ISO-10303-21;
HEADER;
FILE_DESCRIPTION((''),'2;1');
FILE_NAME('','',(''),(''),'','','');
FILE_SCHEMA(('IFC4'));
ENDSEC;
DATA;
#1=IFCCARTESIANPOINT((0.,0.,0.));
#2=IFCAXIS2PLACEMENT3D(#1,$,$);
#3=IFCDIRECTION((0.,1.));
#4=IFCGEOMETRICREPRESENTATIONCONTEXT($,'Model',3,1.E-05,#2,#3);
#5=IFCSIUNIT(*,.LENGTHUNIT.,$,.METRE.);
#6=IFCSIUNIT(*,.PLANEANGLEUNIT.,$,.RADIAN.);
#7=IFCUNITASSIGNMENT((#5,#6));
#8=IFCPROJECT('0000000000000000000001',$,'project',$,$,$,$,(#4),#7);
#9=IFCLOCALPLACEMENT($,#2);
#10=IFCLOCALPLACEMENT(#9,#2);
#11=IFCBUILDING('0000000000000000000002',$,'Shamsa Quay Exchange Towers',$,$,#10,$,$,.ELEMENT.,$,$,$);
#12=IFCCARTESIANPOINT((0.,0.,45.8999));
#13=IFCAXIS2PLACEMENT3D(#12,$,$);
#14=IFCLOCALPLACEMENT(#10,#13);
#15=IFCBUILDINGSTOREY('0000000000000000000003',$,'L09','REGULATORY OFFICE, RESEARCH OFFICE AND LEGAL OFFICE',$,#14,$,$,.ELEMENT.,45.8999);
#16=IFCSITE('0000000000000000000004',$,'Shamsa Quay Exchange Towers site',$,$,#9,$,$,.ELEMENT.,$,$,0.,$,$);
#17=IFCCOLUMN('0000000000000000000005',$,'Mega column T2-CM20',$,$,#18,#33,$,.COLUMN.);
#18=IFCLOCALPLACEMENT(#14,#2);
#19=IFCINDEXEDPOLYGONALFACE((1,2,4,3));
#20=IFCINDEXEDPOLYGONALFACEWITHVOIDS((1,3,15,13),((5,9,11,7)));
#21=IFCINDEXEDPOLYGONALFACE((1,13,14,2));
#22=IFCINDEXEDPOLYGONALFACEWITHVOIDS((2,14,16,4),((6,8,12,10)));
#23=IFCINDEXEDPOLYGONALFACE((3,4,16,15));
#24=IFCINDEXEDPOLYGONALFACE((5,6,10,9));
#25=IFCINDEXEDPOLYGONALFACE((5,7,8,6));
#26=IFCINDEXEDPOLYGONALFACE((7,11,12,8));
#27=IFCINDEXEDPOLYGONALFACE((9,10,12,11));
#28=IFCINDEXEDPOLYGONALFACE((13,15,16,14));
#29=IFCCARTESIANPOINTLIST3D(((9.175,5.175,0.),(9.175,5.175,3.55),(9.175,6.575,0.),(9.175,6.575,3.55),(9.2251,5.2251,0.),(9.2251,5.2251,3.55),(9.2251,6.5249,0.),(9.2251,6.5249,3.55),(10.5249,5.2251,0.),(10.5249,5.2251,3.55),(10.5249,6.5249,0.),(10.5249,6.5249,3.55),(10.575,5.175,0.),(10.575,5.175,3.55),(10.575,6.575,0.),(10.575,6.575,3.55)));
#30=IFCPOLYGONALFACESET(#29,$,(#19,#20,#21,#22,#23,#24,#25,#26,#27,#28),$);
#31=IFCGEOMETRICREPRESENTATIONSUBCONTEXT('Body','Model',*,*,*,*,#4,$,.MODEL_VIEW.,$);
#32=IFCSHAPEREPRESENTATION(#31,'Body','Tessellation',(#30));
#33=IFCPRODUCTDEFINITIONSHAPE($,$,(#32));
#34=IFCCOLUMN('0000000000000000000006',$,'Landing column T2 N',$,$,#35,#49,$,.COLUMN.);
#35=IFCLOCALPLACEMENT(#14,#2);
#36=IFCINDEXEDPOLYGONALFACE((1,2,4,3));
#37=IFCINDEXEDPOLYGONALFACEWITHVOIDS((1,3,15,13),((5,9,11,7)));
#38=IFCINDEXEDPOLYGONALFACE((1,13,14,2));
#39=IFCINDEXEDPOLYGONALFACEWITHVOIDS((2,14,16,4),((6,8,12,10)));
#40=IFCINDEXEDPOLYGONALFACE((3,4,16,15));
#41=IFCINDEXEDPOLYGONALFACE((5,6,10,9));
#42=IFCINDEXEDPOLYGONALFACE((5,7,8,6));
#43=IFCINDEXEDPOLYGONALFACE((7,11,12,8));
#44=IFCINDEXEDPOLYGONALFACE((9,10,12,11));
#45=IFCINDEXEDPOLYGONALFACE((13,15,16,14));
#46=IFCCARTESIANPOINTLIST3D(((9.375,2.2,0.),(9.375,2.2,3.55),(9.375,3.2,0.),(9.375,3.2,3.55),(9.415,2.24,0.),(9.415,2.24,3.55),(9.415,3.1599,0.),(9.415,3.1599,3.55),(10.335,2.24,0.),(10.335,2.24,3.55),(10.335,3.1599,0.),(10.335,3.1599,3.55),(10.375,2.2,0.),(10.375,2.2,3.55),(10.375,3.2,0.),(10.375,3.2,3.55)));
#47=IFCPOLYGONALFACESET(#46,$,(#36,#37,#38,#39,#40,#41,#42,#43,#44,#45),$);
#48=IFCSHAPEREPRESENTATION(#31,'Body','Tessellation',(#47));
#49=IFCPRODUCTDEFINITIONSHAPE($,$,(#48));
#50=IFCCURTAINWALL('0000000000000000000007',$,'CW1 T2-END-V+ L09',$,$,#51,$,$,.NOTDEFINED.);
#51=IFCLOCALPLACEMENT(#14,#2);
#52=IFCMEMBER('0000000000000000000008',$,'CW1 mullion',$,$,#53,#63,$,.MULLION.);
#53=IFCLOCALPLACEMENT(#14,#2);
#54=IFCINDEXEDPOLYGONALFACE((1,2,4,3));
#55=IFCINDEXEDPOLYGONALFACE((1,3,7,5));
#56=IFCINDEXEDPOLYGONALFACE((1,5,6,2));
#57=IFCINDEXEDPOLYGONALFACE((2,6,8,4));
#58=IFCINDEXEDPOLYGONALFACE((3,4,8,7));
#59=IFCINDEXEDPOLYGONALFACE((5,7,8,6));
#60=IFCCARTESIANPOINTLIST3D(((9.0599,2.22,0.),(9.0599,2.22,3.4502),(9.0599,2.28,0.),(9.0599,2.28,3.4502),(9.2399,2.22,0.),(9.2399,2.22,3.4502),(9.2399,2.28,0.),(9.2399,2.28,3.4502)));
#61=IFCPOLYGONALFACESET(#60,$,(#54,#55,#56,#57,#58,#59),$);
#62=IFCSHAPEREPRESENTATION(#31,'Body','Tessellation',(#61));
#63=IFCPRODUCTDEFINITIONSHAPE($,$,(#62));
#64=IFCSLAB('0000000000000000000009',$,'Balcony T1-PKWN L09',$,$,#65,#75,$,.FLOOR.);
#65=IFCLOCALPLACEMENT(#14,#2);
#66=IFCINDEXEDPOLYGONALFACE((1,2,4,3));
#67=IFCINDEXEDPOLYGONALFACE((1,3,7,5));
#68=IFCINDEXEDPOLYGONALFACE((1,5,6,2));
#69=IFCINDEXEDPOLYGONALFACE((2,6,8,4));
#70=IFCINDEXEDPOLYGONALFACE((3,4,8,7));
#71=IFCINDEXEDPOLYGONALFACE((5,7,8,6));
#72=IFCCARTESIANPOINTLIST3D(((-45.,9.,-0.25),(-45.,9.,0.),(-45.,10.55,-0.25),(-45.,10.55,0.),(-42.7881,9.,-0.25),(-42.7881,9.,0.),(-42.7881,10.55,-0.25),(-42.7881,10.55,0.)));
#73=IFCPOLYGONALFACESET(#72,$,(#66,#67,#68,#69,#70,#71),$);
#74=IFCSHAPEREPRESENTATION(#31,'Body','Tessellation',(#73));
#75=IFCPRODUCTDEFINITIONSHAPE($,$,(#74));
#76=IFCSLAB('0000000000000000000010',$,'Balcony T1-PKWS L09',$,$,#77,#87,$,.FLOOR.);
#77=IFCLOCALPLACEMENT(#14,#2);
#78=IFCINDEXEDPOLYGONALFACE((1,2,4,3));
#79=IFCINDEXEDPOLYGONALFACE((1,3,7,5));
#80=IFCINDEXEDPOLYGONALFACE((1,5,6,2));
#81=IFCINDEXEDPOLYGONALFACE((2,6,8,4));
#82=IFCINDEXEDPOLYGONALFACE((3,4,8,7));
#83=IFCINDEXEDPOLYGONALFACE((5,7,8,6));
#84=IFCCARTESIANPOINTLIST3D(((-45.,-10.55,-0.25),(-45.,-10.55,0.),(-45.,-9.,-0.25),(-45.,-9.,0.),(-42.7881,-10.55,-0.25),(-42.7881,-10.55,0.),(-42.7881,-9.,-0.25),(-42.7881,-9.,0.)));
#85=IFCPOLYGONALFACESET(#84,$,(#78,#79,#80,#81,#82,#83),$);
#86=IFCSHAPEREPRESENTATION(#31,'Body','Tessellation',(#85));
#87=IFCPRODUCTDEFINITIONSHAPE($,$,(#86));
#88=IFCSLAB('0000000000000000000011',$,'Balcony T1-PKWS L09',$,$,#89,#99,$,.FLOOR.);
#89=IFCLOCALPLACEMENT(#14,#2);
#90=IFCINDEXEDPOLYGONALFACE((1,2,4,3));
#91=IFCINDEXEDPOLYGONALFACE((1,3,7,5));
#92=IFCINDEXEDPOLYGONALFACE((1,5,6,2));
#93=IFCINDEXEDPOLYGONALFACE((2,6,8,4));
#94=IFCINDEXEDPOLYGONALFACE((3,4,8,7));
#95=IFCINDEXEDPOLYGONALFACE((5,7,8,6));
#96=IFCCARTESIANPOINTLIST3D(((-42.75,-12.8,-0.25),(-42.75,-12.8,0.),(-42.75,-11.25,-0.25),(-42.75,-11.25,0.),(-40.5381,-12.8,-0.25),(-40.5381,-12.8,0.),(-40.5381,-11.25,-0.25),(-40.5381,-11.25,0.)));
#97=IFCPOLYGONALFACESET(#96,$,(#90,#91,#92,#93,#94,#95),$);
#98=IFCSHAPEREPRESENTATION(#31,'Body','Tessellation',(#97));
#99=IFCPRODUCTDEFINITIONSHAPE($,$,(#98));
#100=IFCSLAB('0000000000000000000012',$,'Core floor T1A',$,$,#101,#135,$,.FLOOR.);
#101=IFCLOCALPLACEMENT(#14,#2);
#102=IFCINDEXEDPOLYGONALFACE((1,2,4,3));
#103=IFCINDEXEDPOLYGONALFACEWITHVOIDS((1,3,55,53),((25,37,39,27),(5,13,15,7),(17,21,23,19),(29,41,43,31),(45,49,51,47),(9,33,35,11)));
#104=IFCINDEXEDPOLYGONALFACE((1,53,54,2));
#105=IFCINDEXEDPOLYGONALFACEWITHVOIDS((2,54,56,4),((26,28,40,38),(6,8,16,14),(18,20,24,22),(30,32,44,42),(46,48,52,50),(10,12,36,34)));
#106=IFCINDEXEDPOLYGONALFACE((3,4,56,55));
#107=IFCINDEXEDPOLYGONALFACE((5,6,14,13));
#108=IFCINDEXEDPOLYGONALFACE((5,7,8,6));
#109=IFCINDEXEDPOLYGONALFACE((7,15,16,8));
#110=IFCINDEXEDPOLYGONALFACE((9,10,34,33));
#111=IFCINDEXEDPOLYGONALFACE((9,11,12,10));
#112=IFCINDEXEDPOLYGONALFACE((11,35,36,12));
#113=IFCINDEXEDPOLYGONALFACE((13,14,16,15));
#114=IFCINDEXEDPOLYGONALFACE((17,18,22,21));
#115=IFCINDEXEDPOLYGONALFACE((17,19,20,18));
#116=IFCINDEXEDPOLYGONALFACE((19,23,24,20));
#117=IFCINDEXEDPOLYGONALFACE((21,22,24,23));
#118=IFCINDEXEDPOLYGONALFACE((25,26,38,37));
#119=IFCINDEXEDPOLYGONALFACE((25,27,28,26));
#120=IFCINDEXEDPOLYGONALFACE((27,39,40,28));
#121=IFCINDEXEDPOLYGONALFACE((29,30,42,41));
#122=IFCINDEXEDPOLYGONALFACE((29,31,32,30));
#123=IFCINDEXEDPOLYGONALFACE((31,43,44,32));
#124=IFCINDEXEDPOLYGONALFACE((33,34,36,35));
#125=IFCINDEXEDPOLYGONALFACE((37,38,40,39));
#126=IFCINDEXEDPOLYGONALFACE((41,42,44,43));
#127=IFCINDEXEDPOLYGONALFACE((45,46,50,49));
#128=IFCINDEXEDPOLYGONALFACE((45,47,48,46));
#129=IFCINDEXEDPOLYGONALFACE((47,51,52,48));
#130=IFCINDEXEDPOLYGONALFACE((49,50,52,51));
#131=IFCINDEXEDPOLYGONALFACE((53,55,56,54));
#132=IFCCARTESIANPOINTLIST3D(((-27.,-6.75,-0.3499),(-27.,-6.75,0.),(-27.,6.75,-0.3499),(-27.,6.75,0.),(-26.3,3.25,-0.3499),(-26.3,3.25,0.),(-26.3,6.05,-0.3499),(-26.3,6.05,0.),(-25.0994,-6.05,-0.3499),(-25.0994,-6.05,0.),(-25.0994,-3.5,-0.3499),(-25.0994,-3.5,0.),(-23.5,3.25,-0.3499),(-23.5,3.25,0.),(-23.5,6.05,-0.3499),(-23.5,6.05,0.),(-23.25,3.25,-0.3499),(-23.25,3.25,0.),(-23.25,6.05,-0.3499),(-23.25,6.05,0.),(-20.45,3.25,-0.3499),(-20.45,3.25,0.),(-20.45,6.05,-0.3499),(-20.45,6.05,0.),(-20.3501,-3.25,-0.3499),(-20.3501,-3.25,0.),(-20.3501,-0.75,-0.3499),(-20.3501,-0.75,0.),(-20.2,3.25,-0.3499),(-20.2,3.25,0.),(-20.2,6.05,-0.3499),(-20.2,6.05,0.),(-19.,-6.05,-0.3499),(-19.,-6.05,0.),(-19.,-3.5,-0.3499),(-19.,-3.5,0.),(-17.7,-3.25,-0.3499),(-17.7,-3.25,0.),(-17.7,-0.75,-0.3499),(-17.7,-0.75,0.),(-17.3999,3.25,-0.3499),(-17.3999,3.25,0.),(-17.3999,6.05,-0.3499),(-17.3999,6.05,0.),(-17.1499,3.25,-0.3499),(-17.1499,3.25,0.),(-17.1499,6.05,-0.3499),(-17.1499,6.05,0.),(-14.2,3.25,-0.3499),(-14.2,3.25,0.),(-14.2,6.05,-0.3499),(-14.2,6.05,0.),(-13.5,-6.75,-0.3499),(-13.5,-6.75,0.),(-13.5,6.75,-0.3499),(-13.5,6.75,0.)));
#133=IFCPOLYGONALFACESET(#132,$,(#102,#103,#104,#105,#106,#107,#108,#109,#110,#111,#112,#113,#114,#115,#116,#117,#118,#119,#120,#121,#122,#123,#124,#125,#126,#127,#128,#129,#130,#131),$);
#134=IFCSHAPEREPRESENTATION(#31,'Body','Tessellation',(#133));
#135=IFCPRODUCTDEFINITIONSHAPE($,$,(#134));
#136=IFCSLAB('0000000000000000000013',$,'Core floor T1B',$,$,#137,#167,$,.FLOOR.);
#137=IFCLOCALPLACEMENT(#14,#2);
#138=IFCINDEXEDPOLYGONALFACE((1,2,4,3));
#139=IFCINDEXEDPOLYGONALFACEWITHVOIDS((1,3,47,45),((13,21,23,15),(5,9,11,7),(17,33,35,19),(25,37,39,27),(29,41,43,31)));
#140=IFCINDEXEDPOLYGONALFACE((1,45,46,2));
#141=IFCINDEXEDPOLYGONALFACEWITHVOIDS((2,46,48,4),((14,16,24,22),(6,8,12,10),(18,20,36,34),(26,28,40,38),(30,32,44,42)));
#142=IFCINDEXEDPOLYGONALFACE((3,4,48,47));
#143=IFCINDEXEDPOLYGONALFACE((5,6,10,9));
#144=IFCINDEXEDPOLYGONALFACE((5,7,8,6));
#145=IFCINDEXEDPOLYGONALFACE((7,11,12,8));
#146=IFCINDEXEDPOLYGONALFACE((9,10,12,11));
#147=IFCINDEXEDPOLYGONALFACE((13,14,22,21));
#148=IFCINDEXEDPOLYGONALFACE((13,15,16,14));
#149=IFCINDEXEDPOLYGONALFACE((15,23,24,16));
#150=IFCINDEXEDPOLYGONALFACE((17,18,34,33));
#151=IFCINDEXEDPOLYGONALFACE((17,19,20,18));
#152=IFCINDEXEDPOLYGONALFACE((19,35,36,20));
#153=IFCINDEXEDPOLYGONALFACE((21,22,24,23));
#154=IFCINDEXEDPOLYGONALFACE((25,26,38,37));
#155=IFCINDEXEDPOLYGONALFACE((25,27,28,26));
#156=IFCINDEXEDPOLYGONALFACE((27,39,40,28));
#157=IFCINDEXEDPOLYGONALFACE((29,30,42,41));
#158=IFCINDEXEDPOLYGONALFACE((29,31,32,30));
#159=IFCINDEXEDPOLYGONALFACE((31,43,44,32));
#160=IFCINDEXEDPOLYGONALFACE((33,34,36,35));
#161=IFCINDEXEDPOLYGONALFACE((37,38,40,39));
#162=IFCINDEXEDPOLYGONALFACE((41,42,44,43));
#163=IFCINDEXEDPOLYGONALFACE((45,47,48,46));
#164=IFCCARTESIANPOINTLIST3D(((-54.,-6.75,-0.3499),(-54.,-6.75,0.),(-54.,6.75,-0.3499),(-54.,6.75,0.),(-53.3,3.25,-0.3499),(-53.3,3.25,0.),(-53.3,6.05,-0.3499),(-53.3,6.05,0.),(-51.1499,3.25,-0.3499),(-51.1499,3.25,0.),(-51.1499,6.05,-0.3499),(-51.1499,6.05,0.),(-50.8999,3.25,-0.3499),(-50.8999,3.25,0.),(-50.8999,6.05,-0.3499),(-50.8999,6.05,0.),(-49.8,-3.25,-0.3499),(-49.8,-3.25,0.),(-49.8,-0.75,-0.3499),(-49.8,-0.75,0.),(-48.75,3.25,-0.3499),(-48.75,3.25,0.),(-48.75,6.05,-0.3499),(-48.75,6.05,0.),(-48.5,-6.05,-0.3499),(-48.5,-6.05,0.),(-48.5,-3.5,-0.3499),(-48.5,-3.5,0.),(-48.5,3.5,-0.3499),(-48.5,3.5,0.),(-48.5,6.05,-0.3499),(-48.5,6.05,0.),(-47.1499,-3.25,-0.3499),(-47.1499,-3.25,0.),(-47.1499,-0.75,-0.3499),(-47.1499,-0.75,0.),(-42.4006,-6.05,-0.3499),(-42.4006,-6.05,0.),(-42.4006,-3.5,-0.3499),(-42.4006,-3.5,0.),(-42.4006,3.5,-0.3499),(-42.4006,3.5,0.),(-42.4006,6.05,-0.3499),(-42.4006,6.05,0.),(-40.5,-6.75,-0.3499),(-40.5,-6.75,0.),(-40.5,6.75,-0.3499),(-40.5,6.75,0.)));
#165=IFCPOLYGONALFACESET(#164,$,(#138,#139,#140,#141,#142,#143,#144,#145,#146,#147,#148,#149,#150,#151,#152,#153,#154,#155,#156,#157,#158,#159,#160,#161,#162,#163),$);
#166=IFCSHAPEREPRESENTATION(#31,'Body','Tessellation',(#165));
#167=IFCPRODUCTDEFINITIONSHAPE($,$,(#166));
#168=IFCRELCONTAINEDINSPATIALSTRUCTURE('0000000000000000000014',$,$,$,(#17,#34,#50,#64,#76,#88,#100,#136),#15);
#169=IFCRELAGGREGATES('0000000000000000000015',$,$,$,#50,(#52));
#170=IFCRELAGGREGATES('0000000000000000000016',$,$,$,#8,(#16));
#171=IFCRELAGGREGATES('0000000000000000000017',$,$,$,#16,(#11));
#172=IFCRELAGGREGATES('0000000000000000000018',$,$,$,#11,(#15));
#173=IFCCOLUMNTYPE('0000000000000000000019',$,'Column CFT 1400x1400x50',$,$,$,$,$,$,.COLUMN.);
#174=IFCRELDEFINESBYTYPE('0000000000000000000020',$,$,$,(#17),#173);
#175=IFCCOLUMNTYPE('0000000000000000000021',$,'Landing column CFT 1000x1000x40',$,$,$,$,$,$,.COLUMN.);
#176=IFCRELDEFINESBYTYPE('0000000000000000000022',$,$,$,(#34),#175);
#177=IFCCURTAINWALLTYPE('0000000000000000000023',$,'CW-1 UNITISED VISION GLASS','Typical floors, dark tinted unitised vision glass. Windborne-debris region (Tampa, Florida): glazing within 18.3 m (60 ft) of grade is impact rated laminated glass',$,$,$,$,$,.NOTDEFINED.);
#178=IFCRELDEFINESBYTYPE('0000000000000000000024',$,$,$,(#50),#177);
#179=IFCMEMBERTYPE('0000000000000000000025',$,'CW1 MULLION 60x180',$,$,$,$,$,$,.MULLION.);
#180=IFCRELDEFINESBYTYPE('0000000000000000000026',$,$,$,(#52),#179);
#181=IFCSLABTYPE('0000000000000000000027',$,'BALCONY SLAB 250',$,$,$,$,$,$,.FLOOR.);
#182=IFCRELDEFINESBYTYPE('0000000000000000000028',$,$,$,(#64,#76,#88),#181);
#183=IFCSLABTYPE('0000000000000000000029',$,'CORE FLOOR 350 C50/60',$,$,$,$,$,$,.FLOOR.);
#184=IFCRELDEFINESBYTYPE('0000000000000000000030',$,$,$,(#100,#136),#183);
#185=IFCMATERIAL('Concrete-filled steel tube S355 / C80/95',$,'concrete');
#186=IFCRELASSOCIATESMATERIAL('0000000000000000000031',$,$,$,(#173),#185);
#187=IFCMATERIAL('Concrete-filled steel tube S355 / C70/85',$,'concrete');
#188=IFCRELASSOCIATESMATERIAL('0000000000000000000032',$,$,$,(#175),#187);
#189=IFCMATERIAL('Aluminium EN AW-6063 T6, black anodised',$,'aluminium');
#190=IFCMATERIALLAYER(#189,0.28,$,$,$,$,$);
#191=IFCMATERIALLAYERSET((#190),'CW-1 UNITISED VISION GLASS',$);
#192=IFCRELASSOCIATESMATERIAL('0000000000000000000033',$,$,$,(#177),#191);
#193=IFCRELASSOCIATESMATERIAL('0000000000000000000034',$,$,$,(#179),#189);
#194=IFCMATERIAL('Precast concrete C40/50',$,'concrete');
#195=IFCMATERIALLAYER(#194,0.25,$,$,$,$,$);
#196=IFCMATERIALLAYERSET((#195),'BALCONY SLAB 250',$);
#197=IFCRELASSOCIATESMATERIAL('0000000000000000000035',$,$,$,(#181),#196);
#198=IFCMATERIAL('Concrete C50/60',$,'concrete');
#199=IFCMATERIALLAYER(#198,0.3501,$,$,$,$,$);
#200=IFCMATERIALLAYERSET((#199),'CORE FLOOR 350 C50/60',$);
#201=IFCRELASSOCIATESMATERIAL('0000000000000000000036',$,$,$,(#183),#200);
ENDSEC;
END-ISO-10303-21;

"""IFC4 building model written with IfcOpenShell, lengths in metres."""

from ifc_helpers import new_model, si_unit, direction, frame, origin, origin_2d, place, context, subcontext, project, spatial, polyline, rectangle, hollow_rectangle, outline, extrude, material, layer, layer_set, material_profile, profile_set, type_object, element, aggregate, save


model = new_model("IFC4")

# Units and contexts
model_context = context("Model", 3, precision=1e-05, world=origin(), true_north=direction((0.0, 1.0)))
body_context = subcontext(model_context, "Body", "Model", "MODEL_VIEW")
ifc_project = project(units=[si_unit("LENGTHUNIT", "METRE"), si_unit("PLANEANGLEUNIT", "RADIAN")], contexts=[model_context])

# Site, building, storey
site_placement = place(None, origin())
site = spatial("IfcSite", under=ifc_project, at=site_placement, Name="Shamsa Quay Exchange Towers site", CompositionType="ELEMENT", RefElevation=0.0)
building_placement = place(site_placement, origin())
building = spatial("IfcBuilding", under=site, at=building_placement, Name="Shamsa Quay Exchange Towers", CompositionType="ELEMENT")
storey_placement = place(building_placement, frame((0.0, 0.0, 45.8999)))
storey = spatial("IfcBuildingStorey", under=building, at=storey_placement, Name="L09", Description="REGULATORY OFFICE, RESEARCH OFFICE AND LEGAL OFFICE", CompositionType="ELEMENT", Elevation=45.8999)

# Columns
ifc_material_1 = material(Name="Concrete-filled steel tube S355 / C80/95", Category="concrete")
ifc_material_profile_1 = material_profile(ifc_material_1, hollow_rectangle(XDim=1.3999, YDim=1.3999, WallThickness=0.05, at=origin_2d()), Name="CFT 1400x1400x50")
ifc_profile_set_1 = profile_set([ifc_material_profile_1], Name="Concrete-filled steel tube S355 / C80/95")
column_type_1 = type_object("IfcColumnType", Name="Column CFT 1400x1400x50", PredefinedType="COLUMN", material=ifc_profile_set_1)
column_1_placement = place(storey_placement, frame((9.875, 5.875, 0.0)))
element("IfcColumn", 1, at=column_1_placement, inside=storey, type_object=column_type_1, Name="Mega column T2-CM20", PredefinedType="COLUMN", context=body_context, shape_type="SweptSolid", body=[
    extrude(hollow_rectangle(XDim=1.3999, YDim=1.3999, WallThickness=0.05, at=origin_2d()), origin(), (0.0, 0.0, 1.0), 3.55),
])
ifc_material_2 = material(Name="Concrete-filled steel tube S355 / C70/85", Category="concrete")
ifc_material_profile_2 = material_profile(ifc_material_2, hollow_rectangle(XDim=1.0, YDim=1.0, WallThickness=0.04, at=origin_2d()), Name="CFT 1000x1000x40")
ifc_profile_set_2 = profile_set([ifc_material_profile_2], Name="Concrete-filled steel tube S355 / C70/85")
column_type_2 = type_object("IfcColumnType", Name="Landing column CFT 1000x1000x40", PredefinedType="COLUMN", material=ifc_profile_set_2)
column_2_placement = place(storey_placement, frame((9.875, 2.7, 0.0)))
element("IfcColumn", 2, at=column_2_placement, inside=storey, type_object=column_type_2, Name="Landing column T2 N", PredefinedType="COLUMN", context=body_context, shape_type="SweptSolid", body=[
    extrude(hollow_rectangle(XDim=1.0, YDim=1.0, WallThickness=0.04, at=origin_2d()), origin(), (0.0, 0.0, 1.0), 3.55),
])

# Curtain wall, member
ifc_material_3 = material(Name="Aluminium EN AW-6063 T6, black anodised", Category="aluminium")
ifc_layer_1 = layer(ifc_material_3, 0.28)
ifc_layer_set_1 = layer_set([ifc_layer_1], Name="CW-1 UNITISED VISION GLASS")
curtain_wall_type = type_object("IfcCurtainWallType", Name="CW-1 UNITISED VISION GLASS", Description="Typical floors, dark tinted unitised vision glass. Windborne-debris region (Tampa, Florida): glazing within 18.3 m (60 ft) of grade is impact rated laminated glass", PredefinedType="NOTDEFINED", material=ifc_layer_set_1)
curtain_wall_placement = place(storey_placement, origin())
curtain_wall = element("IfcCurtainWall", 3, at=curtain_wall_placement, inside=storey, type_object=curtain_wall_type, Name="CW1 T2-END-V+ L09", PredefinedType="NOTDEFINED")
ifc_material_profile_3 = material_profile(ifc_material_3, rectangle(XDim=0.1799, YDim=0.0601, at=origin_2d()), Name="MU60x180")
ifc_profile_set_3 = profile_set([ifc_material_profile_3], Name="Aluminium EN AW-6063 T6, black anodised")
member_type = type_object("IfcMemberType", Name="CW1 MULLION 60x180", PredefinedType="MULLION", material=ifc_profile_set_3)
member_placement = place(storey_placement, frame((9.1499, 2.25, 0.0)))
member = element("IfcMember", 4, at=member_placement, type_object=member_type, Name="CW1 mullion", PredefinedType="MULLION", context=body_context, shape_type="SweptSolid", body=[
    extrude(rectangle(XDim=0.1799, YDim=0.0601, at=origin_2d()), origin(), (0.0, 0.0, 1.0), 3.4502),
])

# Slabs
ifc_material_4 = material(Name="Precast concrete C40/50", Category="concrete")
ifc_layer_2 = layer(ifc_material_4, 0.25)
ifc_layer_set_2 = layer_set([ifc_layer_2], Name="BALCONY SLAB 250")
slab_type_1 = type_object("IfcSlabType", Name="BALCONY SLAB 250", PredefinedType="FLOOR", material=ifc_layer_set_2)
slab_1_placement = place(storey_placement, frame((0.0, 0.0, -0.25)))
element("IfcSlab", 5, at=slab_1_placement, inside=storey, type_object=slab_type_1, Name="Balcony T1-PKWN L09", PredefinedType="FLOOR", context=body_context, shape_type="SweptSolid", body=[
    extrude(outline(polyline([(-42.7881, 9.0), (-45.0, 9.0), (-45.0, 10.55), (-42.7881, 10.55), (-42.7881, 9.0)])), origin(), (0.0, 0.0, 1.0), 0.25),
])
slab_2_placement = place(storey_placement, frame((0.0, 0.0, -0.25)))
element("IfcSlab", 6, at=slab_2_placement, inside=storey, type_object=slab_type_1, Name="Balcony T1-PKWS L09", PredefinedType="FLOOR", context=body_context, shape_type="SweptSolid", body=[
    extrude(outline(polyline([(-45.0, -9.0), (-42.7881, -9.0), (-42.7881, -10.55), (-45.0, -10.55), (-45.0, -9.0)])), origin(), (0.0, 0.0, 1.0), 0.25),
])
slab_3_placement = place(storey_placement, frame((0.0, 0.0, -0.25)))
element("IfcSlab", 7, at=slab_3_placement, inside=storey, type_object=slab_type_1, Name="Balcony T1-PKWS L09", PredefinedType="FLOOR", context=body_context, shape_type="SweptSolid", body=[
    extrude(outline(polyline([(-42.75, -11.25), (-40.5381, -11.25), (-40.5381, -12.8), (-42.75, -12.8), (-42.75, -11.25)])), origin(), (0.0, 0.0, 1.0), 0.25),
])
ifc_material_5 = material(Name="Concrete C50/60", Category="concrete")
ifc_layer_3 = layer(ifc_material_5, 0.3501)
ifc_layer_set_3 = layer_set([ifc_layer_3], Name="CORE FLOOR 350 C50/60")
slab_type_2 = type_object("IfcSlabType", Name="CORE FLOOR 350 C50/60", PredefinedType="FLOOR", material=ifc_layer_set_3)
slab_4_placement = place(storey_placement, frame((0.0, 0.0, -0.3499)))
element("IfcSlab", 8, at=slab_4_placement, inside=storey, type_object=slab_type_2, Name="Core floor T1A", PredefinedType="FLOOR", context=body_context, shape_type="SweptSolid", body=[
    extrude(outline(polyline([(-27.0, -6.75), (-13.5, -6.75), (-13.5, 6.75), (-27.0, 6.75), (-27.0, -6.75)]), holes=[polyline([(-25.0994, -6.05), (-25.0994, -3.5), (-19.0, -3.5), (-19.0, -6.05), (-25.0994, -6.05)]), polyline([(-26.3, 3.25), (-26.3, 6.05), (-23.5, 6.05), (-23.5, 3.25), (-26.3, 3.25)]), polyline([(-23.25, 3.25), (-23.25, 6.05), (-20.45, 6.05), (-20.45, 3.25), (-23.25, 3.25)]), polyline([(-20.2, 3.25), (-20.2, 6.05), (-17.3999, 6.05), (-17.3999, 3.25), (-20.2, 3.25)]), polyline([(-17.1499, 3.25), (-17.1499, 6.05), (-14.2, 6.05), (-14.2, 3.25), (-17.1499, 3.25)]), polyline([(-20.3501, -3.25), (-20.3501, -0.75), (-17.7, -0.75), (-17.7, -3.25), (-20.3501, -3.25)])]), origin(), (0.0, 0.0, 1.0), 0.3499),
])
slab_5_placement = place(storey_placement, frame((0.0, 0.0, -0.3499)))
element("IfcSlab", 9, at=slab_5_placement, inside=storey, type_object=slab_type_2, Name="Core floor T1B", PredefinedType="FLOOR", context=body_context, shape_type="SweptSolid", body=[
    extrude(outline(polyline([(-40.5, -6.75), (-40.5, 6.75), (-54.0, 6.75), (-54.0, -6.75), (-40.5, -6.75)]), holes=[polyline([(-42.4006, -3.5), (-42.4006, -6.05), (-48.5, -6.05), (-48.5, -3.5), (-42.4006, -3.5)]), polyline([(-42.4006, 6.05), (-42.4006, 3.5), (-48.5, 3.5), (-48.5, 6.05), (-42.4006, 6.05)]), polyline([(-48.75, 3.25), (-50.8999, 3.25), (-50.8999, 6.05), (-48.75, 6.05), (-48.75, 3.25)]), polyline([(-51.1499, 3.25), (-53.3, 3.25), (-53.3, 6.05), (-51.1499, 6.05), (-51.1499, 3.25)]), polyline([(-47.1499, -3.25), (-49.8, -3.25), (-49.8, -0.75), (-47.1499, -0.75), (-47.1499, -3.25)])]), origin(), (0.0, 0.0, 1.0), 0.3499),
])

aggregate(curtain_wall, [member])

save(model, "model.ifc")
